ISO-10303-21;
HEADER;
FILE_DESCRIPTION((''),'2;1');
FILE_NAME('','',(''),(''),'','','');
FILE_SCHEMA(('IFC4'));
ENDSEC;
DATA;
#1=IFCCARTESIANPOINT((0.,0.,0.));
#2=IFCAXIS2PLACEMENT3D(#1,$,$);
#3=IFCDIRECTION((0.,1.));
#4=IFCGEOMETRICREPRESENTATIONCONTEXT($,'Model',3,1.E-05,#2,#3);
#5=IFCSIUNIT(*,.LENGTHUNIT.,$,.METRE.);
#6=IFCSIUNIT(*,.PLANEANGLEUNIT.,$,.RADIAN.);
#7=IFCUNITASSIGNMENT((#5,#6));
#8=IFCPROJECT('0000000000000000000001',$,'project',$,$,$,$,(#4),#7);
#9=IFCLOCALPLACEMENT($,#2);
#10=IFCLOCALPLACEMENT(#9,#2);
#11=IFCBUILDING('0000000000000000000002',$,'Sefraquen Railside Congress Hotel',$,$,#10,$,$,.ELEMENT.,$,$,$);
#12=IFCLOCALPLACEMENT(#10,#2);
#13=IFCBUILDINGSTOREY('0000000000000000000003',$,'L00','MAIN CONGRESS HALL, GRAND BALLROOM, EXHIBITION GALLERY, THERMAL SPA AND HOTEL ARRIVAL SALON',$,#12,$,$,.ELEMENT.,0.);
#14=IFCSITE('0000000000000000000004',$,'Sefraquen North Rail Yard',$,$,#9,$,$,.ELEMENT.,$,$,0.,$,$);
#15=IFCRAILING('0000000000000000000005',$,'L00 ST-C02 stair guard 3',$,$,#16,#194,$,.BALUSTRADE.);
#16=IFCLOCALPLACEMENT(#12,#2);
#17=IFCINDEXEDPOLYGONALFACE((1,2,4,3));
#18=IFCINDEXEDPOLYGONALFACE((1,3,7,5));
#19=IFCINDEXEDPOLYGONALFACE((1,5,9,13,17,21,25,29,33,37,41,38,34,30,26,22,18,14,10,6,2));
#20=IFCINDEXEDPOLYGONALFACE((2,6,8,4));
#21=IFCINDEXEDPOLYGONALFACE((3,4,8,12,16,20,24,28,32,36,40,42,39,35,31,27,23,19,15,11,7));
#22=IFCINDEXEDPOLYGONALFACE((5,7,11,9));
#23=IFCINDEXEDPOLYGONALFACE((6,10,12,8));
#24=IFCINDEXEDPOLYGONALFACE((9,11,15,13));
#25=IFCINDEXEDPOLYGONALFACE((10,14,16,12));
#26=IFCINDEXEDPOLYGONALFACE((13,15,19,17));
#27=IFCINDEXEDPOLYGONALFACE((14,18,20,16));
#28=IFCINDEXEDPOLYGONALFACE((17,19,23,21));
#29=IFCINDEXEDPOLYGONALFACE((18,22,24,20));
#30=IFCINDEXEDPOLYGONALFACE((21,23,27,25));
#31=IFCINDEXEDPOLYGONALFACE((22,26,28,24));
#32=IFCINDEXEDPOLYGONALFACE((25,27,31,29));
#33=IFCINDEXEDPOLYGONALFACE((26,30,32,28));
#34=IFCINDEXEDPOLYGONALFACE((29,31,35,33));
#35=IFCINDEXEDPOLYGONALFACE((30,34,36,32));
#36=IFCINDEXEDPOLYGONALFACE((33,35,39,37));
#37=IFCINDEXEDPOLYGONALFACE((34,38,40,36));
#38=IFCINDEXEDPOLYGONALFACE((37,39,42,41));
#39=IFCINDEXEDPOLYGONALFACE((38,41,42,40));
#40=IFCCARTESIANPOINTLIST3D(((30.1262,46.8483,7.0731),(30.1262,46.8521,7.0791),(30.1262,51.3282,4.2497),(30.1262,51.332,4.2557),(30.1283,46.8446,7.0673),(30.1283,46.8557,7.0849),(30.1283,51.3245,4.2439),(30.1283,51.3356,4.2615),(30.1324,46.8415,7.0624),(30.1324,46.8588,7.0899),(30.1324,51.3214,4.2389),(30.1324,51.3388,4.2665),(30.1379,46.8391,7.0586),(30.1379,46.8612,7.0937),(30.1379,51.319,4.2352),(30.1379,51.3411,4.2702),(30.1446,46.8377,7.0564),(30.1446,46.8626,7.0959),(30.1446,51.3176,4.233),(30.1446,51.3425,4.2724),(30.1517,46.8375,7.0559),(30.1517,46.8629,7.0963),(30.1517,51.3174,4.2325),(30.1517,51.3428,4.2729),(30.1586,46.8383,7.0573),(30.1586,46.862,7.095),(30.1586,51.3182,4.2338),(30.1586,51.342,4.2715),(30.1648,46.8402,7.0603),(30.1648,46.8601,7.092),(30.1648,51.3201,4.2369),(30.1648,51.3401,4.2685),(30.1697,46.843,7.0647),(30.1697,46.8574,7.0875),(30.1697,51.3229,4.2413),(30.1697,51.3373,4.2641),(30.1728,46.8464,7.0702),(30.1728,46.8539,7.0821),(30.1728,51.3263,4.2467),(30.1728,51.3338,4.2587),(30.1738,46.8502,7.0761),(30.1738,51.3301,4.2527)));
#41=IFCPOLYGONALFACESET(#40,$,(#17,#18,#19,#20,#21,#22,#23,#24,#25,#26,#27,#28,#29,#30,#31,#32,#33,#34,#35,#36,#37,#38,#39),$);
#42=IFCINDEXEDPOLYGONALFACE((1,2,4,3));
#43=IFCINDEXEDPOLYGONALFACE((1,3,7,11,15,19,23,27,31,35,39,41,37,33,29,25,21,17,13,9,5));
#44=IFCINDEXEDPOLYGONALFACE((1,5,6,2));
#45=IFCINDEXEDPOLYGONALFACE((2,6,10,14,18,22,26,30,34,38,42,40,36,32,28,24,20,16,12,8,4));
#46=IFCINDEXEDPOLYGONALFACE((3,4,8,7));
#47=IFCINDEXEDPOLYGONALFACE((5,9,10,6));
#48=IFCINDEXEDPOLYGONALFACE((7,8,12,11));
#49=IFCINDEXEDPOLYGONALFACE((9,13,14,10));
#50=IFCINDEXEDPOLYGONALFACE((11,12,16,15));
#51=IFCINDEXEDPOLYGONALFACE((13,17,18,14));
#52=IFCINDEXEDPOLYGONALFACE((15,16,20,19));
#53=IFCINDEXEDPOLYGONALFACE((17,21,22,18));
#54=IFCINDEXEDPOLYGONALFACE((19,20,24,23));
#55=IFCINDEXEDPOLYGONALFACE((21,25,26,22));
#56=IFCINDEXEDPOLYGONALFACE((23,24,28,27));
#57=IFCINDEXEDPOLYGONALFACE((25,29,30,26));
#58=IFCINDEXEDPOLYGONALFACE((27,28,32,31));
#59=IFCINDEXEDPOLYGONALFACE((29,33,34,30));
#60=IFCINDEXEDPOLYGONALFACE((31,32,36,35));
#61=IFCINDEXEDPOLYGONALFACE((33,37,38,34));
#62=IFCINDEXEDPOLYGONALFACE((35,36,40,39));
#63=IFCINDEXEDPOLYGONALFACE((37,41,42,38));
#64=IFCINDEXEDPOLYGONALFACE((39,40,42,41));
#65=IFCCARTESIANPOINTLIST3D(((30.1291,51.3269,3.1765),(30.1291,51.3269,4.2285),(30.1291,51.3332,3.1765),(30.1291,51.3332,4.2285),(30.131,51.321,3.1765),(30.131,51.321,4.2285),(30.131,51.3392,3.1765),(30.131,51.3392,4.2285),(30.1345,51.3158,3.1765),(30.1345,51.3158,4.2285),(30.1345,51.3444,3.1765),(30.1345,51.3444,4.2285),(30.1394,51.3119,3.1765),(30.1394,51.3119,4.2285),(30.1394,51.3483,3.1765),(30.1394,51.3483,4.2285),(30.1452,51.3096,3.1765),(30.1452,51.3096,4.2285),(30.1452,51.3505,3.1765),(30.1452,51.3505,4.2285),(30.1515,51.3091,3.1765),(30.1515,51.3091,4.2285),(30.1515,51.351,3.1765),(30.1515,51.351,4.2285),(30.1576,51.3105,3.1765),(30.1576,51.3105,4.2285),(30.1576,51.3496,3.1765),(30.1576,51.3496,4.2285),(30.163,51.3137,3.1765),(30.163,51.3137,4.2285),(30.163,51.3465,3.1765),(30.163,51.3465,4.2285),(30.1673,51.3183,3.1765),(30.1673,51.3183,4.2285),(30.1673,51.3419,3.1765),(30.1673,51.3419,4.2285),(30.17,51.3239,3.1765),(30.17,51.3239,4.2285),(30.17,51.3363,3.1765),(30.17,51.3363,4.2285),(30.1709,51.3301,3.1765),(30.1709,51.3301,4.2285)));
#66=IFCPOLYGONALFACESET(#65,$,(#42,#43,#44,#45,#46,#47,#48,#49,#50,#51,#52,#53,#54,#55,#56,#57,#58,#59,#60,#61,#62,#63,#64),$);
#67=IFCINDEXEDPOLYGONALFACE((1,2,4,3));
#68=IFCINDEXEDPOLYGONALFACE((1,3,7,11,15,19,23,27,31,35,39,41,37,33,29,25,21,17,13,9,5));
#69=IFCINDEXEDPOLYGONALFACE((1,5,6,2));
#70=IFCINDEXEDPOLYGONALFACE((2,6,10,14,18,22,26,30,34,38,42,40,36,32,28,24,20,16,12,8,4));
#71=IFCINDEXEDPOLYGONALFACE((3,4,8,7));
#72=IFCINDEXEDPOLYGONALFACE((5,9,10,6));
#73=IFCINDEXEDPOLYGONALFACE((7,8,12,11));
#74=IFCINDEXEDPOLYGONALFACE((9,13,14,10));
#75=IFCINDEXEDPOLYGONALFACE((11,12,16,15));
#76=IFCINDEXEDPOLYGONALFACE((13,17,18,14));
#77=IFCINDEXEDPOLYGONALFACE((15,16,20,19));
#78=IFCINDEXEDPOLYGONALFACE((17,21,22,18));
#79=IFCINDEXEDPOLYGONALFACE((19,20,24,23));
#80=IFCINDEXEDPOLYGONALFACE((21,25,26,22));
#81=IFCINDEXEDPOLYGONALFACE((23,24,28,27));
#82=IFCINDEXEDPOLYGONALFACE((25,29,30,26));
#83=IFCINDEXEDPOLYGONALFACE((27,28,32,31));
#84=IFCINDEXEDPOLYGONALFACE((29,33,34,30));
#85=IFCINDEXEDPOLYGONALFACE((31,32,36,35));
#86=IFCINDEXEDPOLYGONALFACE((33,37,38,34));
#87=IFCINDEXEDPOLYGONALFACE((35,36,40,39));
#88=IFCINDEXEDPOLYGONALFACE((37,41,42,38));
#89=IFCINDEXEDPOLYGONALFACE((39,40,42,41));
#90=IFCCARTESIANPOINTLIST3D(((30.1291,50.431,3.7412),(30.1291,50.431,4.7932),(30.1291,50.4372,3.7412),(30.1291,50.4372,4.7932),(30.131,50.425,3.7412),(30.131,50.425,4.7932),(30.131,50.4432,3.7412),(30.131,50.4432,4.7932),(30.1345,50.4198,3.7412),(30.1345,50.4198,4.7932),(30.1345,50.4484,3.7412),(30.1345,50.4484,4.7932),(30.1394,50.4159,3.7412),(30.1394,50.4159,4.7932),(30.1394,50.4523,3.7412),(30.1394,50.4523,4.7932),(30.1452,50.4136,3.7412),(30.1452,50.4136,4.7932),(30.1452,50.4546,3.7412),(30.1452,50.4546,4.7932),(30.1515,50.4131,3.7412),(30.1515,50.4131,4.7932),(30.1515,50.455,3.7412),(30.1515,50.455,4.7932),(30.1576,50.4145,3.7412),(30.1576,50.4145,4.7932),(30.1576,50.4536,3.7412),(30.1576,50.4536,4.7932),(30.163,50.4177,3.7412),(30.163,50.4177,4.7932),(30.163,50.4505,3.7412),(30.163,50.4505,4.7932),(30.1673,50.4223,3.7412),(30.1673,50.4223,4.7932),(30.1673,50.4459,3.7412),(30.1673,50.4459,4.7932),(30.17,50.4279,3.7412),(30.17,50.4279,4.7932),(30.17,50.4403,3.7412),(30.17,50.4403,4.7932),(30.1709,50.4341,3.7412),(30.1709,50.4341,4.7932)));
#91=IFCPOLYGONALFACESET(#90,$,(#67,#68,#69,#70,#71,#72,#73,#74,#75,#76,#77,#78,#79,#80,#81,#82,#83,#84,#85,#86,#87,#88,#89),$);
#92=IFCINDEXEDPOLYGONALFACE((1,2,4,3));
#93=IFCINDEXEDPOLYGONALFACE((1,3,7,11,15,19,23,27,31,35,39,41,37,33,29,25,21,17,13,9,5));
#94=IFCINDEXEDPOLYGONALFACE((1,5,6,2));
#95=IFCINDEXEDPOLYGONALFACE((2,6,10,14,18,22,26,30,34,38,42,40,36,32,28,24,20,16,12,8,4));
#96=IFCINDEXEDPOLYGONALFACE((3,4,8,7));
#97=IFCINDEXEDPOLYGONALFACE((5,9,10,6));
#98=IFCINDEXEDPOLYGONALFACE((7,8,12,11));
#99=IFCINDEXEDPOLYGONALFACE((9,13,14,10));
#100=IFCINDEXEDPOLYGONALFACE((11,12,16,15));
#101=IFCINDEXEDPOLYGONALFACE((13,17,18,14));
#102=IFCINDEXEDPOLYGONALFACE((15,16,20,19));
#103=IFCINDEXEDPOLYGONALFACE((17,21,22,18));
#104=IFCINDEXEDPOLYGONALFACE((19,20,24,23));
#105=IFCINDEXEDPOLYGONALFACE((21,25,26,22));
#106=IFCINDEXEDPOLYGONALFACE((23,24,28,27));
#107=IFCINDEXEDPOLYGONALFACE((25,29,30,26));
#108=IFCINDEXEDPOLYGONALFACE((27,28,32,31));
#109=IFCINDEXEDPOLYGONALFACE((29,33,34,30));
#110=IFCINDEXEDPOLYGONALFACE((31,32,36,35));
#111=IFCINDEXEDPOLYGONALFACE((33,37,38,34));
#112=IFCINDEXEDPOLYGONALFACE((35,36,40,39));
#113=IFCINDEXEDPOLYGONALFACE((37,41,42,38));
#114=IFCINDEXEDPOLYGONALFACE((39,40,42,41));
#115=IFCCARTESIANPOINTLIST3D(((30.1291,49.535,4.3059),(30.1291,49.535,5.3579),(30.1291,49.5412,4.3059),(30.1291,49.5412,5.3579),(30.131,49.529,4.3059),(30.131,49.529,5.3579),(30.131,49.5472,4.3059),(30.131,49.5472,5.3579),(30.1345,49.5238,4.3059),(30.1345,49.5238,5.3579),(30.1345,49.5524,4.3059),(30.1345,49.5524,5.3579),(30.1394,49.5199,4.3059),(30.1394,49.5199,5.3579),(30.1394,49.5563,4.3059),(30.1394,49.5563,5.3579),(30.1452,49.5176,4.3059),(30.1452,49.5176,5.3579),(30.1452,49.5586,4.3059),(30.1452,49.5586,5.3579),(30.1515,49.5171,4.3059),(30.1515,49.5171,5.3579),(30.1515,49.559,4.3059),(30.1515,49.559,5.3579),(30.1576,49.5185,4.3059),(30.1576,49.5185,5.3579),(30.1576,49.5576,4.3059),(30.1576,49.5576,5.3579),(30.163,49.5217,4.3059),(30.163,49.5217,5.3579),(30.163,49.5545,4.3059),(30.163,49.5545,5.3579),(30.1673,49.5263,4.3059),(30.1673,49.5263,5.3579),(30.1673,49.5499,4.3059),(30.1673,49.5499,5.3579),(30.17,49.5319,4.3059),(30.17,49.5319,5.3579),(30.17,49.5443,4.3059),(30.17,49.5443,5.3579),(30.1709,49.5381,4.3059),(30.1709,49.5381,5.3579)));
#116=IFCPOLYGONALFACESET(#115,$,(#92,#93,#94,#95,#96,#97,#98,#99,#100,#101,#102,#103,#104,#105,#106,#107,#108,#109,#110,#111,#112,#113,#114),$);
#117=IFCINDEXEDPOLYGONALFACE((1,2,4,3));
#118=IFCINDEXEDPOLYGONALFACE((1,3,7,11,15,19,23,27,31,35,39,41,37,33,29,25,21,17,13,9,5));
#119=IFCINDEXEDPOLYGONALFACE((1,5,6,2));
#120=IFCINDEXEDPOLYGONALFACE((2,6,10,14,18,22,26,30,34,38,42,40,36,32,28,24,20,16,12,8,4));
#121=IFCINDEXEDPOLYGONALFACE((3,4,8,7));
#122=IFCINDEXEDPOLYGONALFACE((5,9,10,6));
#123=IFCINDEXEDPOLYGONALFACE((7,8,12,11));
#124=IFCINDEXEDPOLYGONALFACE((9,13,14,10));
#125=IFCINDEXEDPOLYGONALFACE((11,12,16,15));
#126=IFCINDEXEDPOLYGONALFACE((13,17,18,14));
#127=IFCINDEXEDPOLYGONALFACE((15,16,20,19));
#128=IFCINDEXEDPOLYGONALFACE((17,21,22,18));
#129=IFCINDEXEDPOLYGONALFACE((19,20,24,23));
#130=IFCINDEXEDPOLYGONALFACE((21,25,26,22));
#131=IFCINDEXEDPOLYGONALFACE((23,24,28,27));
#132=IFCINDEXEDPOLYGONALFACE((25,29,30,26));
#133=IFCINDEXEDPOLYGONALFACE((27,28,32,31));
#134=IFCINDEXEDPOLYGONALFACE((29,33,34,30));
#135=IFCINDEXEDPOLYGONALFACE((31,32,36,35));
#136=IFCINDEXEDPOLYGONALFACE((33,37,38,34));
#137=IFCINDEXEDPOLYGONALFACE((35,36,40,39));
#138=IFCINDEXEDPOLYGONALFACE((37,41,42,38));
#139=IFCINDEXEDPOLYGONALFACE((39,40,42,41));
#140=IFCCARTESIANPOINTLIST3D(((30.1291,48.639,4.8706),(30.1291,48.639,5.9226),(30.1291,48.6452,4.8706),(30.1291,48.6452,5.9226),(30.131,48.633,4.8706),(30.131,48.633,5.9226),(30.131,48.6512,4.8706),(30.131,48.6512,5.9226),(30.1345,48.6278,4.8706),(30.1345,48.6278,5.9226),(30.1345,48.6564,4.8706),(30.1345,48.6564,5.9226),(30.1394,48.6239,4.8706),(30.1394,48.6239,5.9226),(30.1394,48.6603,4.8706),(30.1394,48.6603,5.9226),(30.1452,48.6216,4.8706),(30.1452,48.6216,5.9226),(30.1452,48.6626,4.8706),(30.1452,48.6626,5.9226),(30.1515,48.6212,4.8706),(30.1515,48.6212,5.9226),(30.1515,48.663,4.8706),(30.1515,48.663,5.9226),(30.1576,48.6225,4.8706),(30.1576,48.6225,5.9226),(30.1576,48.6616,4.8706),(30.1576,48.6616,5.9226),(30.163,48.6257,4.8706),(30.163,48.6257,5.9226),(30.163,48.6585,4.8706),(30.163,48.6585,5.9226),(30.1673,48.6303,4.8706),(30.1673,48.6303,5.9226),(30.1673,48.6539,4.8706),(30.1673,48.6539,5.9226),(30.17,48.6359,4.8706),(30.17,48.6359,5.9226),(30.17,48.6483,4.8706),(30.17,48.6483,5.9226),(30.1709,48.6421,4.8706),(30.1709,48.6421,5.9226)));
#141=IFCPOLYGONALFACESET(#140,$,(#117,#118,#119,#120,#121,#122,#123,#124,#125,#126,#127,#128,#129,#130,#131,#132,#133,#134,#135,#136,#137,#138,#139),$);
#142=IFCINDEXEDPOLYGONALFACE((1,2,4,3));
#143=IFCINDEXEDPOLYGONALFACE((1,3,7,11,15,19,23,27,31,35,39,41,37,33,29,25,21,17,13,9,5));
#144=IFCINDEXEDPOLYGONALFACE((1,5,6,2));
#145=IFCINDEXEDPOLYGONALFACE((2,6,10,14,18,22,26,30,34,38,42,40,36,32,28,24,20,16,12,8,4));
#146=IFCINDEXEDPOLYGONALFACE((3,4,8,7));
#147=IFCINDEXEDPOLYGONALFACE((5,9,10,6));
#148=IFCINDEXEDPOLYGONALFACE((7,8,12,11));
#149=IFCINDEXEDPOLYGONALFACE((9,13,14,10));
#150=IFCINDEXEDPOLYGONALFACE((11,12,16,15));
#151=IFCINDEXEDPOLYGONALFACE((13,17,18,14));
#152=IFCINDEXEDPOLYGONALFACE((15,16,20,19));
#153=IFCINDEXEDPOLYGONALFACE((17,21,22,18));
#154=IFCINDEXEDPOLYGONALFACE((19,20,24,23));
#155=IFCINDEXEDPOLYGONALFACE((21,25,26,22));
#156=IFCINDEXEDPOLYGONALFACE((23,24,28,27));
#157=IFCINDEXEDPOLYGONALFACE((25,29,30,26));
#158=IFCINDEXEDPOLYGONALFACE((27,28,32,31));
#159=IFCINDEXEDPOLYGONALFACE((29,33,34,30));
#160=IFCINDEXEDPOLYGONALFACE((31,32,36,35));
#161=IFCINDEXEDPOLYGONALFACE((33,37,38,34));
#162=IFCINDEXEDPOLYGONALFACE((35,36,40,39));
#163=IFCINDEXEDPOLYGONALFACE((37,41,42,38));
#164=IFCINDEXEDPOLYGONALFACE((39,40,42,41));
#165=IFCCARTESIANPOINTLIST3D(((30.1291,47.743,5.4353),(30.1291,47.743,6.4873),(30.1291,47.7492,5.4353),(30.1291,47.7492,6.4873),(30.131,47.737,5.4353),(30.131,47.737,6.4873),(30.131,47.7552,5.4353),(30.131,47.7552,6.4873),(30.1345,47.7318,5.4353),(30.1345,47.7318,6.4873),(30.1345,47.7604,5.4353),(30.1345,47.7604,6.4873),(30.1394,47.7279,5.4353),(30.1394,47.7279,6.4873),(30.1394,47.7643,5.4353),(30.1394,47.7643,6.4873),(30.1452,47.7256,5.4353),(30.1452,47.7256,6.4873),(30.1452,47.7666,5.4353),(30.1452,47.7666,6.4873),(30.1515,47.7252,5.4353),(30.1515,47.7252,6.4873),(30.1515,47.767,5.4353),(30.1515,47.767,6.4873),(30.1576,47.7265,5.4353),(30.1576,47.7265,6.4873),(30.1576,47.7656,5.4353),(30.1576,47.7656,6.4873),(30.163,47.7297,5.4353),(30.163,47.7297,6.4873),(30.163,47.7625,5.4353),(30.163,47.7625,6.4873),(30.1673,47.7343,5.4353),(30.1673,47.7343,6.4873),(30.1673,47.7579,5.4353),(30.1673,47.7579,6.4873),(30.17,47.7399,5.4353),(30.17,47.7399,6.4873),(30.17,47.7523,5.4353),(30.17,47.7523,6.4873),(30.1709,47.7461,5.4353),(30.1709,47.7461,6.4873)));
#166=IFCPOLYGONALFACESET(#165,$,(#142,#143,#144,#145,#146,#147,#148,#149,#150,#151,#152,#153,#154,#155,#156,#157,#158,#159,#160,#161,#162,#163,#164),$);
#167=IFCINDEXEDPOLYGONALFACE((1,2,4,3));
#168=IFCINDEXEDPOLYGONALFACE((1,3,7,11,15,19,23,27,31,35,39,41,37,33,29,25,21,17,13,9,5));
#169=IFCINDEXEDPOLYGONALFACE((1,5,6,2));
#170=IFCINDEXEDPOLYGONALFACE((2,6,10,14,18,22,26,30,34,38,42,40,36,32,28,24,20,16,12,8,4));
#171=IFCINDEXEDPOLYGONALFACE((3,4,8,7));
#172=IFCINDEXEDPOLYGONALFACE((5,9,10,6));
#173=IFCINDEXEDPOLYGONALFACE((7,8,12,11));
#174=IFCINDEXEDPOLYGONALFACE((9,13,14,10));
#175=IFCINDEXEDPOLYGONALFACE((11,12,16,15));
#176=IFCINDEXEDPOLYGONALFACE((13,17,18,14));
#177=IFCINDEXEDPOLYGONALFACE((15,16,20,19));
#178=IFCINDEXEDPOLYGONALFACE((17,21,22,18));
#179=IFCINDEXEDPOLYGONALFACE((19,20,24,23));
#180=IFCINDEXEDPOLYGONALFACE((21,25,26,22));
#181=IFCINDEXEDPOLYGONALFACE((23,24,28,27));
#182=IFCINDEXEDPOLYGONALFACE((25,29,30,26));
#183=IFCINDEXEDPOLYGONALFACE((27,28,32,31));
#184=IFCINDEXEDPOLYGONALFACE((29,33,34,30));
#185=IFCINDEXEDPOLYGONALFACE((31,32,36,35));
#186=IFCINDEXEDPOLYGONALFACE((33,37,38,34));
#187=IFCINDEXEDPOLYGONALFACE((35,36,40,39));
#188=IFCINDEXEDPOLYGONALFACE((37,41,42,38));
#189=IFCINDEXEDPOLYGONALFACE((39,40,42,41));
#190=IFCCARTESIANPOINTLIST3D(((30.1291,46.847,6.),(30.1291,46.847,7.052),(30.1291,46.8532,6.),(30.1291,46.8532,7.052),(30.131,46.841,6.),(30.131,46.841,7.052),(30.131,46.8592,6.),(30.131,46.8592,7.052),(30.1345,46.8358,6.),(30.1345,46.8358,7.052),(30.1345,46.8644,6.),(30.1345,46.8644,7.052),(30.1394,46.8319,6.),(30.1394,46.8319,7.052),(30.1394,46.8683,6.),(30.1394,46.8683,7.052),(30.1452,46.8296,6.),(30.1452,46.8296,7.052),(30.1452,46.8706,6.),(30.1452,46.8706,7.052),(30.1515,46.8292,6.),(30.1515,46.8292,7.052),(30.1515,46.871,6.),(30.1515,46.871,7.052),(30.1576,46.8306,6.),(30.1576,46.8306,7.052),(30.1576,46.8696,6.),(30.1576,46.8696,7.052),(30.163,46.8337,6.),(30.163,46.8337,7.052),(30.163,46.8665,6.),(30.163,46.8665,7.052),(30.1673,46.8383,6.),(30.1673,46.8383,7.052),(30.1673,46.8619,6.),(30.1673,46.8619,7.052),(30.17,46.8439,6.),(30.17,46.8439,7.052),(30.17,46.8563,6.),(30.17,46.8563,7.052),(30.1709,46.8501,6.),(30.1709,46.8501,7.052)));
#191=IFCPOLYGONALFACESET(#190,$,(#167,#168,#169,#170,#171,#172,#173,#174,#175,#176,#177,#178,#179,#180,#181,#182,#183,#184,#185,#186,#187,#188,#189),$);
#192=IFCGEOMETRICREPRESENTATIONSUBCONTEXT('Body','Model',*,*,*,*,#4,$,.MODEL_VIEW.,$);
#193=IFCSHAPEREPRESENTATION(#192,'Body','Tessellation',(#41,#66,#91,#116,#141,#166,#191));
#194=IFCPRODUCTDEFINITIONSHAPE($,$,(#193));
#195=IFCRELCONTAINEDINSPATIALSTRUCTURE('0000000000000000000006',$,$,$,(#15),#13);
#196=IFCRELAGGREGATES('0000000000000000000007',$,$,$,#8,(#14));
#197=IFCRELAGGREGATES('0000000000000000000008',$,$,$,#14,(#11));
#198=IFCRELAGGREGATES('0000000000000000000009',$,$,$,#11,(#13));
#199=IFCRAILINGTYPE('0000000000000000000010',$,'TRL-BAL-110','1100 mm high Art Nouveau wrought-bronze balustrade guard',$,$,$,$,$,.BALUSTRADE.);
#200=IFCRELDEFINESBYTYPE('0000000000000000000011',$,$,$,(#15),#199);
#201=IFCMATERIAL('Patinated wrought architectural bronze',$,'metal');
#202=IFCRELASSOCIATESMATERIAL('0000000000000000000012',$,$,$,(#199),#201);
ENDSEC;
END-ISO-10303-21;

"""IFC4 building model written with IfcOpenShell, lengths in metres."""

from ifc_helpers import new_model, si_unit, direction, frame, origin, origin_2d, place, context, subcontext, project, spatial, circle, extrude, material, type_object, element, save


model = new_model("IFC4")

# Units and contexts
model_context = context("Model", 3, precision=1e-05, world=origin(), true_north=direction((0.0, 1.0)))
body_context = subcontext(model_context, "Body", "Model", "MODEL_VIEW")
ifc_project = project(units=[si_unit("LENGTHUNIT", "METRE"), si_unit("PLANEANGLEUNIT", "RADIAN")], contexts=[model_context])

# Site, building, storey
site_placement = place(None, origin())
site = spatial("IfcSite", under=ifc_project, at=site_placement, Name="Sefraquen North Rail Yard", CompositionType="ELEMENT", RefElevation=0.0)
building_placement = place(site_placement, origin())
building = spatial("IfcBuilding", under=site, at=building_placement, Name="Sefraquen Railside Congress Hotel", CompositionType="ELEMENT")
storey_placement = place(building_placement, origin())
storey = spatial("IfcBuildingStorey", under=building, at=storey_placement, Name="L00", Description="MAIN CONGRESS HALL, GRAND BALLROOM, EXHIBITION GALLERY, THERMAL SPA AND HOTEL ARRIVAL SALON", CompositionType="ELEMENT", Elevation=0.0)

# Shared definitions
ifc_material_1 = material(Name="Patinated wrought architectural bronze", Category="metal")
railing_type_1 = type_object("IfcRailingType", Name="TRL-BAL-110", Description="1100 mm high Art Nouveau wrought-bronze balustrade guard", PredefinedType="BALUSTRADE", material=ifc_material_1)

# Railing
railing_1_placement = place(storey_placement, frame((30.1499, 51.3301, 3.1765)))
element("IfcRailing", 1, at=railing_1_placement, inside=storey, type_object=railing_type_1, Name="L00 ST-C02 stair guard 3", PredefinedType="BALUSTRADE", context=body_context, shape_type="SweptSolid", body=[
    extrude(circle(Radius=0.0239, at=origin_2d()), frame((0.0, 0.0, 1.0762), z_axis=(0.0, -0.845998, 0.533186), x_axis=(1.0, 0.0, 0.0)), (0.0, 0.0, 1.0), 5.2954),
    extrude(circle(Radius=0.021, at=origin_2d()), origin(), (0.0, 0.0, 1.0), 1.052),
    extrude(circle(Radius=0.021, at=origin_2d()), frame((0.0, -0.896, 0.5647)), (0.0, 0.0, 1.0), 1.052),
    extrude(circle(Radius=0.021, at=origin_2d()), frame((0.0, -1.792, 1.1294)), (0.0, 0.0, 1.0), 1.052),
    extrude(circle(Radius=0.021, at=origin_2d()), frame((0.0, -2.688, 1.6941)), (0.0, 0.0, 1.0), 1.052),
    extrude(circle(Radius=0.021, at=origin_2d()), frame((0.0, -3.584, 2.2588)), (0.0, 0.0, 1.0), 1.052),
    extrude(circle(Radius=0.021, at=origin_2d()), frame((0.0, -4.48, 2.8235)), (0.0, 0.0, 1.0), 1.052),
])

save(model, "model.ifc")
